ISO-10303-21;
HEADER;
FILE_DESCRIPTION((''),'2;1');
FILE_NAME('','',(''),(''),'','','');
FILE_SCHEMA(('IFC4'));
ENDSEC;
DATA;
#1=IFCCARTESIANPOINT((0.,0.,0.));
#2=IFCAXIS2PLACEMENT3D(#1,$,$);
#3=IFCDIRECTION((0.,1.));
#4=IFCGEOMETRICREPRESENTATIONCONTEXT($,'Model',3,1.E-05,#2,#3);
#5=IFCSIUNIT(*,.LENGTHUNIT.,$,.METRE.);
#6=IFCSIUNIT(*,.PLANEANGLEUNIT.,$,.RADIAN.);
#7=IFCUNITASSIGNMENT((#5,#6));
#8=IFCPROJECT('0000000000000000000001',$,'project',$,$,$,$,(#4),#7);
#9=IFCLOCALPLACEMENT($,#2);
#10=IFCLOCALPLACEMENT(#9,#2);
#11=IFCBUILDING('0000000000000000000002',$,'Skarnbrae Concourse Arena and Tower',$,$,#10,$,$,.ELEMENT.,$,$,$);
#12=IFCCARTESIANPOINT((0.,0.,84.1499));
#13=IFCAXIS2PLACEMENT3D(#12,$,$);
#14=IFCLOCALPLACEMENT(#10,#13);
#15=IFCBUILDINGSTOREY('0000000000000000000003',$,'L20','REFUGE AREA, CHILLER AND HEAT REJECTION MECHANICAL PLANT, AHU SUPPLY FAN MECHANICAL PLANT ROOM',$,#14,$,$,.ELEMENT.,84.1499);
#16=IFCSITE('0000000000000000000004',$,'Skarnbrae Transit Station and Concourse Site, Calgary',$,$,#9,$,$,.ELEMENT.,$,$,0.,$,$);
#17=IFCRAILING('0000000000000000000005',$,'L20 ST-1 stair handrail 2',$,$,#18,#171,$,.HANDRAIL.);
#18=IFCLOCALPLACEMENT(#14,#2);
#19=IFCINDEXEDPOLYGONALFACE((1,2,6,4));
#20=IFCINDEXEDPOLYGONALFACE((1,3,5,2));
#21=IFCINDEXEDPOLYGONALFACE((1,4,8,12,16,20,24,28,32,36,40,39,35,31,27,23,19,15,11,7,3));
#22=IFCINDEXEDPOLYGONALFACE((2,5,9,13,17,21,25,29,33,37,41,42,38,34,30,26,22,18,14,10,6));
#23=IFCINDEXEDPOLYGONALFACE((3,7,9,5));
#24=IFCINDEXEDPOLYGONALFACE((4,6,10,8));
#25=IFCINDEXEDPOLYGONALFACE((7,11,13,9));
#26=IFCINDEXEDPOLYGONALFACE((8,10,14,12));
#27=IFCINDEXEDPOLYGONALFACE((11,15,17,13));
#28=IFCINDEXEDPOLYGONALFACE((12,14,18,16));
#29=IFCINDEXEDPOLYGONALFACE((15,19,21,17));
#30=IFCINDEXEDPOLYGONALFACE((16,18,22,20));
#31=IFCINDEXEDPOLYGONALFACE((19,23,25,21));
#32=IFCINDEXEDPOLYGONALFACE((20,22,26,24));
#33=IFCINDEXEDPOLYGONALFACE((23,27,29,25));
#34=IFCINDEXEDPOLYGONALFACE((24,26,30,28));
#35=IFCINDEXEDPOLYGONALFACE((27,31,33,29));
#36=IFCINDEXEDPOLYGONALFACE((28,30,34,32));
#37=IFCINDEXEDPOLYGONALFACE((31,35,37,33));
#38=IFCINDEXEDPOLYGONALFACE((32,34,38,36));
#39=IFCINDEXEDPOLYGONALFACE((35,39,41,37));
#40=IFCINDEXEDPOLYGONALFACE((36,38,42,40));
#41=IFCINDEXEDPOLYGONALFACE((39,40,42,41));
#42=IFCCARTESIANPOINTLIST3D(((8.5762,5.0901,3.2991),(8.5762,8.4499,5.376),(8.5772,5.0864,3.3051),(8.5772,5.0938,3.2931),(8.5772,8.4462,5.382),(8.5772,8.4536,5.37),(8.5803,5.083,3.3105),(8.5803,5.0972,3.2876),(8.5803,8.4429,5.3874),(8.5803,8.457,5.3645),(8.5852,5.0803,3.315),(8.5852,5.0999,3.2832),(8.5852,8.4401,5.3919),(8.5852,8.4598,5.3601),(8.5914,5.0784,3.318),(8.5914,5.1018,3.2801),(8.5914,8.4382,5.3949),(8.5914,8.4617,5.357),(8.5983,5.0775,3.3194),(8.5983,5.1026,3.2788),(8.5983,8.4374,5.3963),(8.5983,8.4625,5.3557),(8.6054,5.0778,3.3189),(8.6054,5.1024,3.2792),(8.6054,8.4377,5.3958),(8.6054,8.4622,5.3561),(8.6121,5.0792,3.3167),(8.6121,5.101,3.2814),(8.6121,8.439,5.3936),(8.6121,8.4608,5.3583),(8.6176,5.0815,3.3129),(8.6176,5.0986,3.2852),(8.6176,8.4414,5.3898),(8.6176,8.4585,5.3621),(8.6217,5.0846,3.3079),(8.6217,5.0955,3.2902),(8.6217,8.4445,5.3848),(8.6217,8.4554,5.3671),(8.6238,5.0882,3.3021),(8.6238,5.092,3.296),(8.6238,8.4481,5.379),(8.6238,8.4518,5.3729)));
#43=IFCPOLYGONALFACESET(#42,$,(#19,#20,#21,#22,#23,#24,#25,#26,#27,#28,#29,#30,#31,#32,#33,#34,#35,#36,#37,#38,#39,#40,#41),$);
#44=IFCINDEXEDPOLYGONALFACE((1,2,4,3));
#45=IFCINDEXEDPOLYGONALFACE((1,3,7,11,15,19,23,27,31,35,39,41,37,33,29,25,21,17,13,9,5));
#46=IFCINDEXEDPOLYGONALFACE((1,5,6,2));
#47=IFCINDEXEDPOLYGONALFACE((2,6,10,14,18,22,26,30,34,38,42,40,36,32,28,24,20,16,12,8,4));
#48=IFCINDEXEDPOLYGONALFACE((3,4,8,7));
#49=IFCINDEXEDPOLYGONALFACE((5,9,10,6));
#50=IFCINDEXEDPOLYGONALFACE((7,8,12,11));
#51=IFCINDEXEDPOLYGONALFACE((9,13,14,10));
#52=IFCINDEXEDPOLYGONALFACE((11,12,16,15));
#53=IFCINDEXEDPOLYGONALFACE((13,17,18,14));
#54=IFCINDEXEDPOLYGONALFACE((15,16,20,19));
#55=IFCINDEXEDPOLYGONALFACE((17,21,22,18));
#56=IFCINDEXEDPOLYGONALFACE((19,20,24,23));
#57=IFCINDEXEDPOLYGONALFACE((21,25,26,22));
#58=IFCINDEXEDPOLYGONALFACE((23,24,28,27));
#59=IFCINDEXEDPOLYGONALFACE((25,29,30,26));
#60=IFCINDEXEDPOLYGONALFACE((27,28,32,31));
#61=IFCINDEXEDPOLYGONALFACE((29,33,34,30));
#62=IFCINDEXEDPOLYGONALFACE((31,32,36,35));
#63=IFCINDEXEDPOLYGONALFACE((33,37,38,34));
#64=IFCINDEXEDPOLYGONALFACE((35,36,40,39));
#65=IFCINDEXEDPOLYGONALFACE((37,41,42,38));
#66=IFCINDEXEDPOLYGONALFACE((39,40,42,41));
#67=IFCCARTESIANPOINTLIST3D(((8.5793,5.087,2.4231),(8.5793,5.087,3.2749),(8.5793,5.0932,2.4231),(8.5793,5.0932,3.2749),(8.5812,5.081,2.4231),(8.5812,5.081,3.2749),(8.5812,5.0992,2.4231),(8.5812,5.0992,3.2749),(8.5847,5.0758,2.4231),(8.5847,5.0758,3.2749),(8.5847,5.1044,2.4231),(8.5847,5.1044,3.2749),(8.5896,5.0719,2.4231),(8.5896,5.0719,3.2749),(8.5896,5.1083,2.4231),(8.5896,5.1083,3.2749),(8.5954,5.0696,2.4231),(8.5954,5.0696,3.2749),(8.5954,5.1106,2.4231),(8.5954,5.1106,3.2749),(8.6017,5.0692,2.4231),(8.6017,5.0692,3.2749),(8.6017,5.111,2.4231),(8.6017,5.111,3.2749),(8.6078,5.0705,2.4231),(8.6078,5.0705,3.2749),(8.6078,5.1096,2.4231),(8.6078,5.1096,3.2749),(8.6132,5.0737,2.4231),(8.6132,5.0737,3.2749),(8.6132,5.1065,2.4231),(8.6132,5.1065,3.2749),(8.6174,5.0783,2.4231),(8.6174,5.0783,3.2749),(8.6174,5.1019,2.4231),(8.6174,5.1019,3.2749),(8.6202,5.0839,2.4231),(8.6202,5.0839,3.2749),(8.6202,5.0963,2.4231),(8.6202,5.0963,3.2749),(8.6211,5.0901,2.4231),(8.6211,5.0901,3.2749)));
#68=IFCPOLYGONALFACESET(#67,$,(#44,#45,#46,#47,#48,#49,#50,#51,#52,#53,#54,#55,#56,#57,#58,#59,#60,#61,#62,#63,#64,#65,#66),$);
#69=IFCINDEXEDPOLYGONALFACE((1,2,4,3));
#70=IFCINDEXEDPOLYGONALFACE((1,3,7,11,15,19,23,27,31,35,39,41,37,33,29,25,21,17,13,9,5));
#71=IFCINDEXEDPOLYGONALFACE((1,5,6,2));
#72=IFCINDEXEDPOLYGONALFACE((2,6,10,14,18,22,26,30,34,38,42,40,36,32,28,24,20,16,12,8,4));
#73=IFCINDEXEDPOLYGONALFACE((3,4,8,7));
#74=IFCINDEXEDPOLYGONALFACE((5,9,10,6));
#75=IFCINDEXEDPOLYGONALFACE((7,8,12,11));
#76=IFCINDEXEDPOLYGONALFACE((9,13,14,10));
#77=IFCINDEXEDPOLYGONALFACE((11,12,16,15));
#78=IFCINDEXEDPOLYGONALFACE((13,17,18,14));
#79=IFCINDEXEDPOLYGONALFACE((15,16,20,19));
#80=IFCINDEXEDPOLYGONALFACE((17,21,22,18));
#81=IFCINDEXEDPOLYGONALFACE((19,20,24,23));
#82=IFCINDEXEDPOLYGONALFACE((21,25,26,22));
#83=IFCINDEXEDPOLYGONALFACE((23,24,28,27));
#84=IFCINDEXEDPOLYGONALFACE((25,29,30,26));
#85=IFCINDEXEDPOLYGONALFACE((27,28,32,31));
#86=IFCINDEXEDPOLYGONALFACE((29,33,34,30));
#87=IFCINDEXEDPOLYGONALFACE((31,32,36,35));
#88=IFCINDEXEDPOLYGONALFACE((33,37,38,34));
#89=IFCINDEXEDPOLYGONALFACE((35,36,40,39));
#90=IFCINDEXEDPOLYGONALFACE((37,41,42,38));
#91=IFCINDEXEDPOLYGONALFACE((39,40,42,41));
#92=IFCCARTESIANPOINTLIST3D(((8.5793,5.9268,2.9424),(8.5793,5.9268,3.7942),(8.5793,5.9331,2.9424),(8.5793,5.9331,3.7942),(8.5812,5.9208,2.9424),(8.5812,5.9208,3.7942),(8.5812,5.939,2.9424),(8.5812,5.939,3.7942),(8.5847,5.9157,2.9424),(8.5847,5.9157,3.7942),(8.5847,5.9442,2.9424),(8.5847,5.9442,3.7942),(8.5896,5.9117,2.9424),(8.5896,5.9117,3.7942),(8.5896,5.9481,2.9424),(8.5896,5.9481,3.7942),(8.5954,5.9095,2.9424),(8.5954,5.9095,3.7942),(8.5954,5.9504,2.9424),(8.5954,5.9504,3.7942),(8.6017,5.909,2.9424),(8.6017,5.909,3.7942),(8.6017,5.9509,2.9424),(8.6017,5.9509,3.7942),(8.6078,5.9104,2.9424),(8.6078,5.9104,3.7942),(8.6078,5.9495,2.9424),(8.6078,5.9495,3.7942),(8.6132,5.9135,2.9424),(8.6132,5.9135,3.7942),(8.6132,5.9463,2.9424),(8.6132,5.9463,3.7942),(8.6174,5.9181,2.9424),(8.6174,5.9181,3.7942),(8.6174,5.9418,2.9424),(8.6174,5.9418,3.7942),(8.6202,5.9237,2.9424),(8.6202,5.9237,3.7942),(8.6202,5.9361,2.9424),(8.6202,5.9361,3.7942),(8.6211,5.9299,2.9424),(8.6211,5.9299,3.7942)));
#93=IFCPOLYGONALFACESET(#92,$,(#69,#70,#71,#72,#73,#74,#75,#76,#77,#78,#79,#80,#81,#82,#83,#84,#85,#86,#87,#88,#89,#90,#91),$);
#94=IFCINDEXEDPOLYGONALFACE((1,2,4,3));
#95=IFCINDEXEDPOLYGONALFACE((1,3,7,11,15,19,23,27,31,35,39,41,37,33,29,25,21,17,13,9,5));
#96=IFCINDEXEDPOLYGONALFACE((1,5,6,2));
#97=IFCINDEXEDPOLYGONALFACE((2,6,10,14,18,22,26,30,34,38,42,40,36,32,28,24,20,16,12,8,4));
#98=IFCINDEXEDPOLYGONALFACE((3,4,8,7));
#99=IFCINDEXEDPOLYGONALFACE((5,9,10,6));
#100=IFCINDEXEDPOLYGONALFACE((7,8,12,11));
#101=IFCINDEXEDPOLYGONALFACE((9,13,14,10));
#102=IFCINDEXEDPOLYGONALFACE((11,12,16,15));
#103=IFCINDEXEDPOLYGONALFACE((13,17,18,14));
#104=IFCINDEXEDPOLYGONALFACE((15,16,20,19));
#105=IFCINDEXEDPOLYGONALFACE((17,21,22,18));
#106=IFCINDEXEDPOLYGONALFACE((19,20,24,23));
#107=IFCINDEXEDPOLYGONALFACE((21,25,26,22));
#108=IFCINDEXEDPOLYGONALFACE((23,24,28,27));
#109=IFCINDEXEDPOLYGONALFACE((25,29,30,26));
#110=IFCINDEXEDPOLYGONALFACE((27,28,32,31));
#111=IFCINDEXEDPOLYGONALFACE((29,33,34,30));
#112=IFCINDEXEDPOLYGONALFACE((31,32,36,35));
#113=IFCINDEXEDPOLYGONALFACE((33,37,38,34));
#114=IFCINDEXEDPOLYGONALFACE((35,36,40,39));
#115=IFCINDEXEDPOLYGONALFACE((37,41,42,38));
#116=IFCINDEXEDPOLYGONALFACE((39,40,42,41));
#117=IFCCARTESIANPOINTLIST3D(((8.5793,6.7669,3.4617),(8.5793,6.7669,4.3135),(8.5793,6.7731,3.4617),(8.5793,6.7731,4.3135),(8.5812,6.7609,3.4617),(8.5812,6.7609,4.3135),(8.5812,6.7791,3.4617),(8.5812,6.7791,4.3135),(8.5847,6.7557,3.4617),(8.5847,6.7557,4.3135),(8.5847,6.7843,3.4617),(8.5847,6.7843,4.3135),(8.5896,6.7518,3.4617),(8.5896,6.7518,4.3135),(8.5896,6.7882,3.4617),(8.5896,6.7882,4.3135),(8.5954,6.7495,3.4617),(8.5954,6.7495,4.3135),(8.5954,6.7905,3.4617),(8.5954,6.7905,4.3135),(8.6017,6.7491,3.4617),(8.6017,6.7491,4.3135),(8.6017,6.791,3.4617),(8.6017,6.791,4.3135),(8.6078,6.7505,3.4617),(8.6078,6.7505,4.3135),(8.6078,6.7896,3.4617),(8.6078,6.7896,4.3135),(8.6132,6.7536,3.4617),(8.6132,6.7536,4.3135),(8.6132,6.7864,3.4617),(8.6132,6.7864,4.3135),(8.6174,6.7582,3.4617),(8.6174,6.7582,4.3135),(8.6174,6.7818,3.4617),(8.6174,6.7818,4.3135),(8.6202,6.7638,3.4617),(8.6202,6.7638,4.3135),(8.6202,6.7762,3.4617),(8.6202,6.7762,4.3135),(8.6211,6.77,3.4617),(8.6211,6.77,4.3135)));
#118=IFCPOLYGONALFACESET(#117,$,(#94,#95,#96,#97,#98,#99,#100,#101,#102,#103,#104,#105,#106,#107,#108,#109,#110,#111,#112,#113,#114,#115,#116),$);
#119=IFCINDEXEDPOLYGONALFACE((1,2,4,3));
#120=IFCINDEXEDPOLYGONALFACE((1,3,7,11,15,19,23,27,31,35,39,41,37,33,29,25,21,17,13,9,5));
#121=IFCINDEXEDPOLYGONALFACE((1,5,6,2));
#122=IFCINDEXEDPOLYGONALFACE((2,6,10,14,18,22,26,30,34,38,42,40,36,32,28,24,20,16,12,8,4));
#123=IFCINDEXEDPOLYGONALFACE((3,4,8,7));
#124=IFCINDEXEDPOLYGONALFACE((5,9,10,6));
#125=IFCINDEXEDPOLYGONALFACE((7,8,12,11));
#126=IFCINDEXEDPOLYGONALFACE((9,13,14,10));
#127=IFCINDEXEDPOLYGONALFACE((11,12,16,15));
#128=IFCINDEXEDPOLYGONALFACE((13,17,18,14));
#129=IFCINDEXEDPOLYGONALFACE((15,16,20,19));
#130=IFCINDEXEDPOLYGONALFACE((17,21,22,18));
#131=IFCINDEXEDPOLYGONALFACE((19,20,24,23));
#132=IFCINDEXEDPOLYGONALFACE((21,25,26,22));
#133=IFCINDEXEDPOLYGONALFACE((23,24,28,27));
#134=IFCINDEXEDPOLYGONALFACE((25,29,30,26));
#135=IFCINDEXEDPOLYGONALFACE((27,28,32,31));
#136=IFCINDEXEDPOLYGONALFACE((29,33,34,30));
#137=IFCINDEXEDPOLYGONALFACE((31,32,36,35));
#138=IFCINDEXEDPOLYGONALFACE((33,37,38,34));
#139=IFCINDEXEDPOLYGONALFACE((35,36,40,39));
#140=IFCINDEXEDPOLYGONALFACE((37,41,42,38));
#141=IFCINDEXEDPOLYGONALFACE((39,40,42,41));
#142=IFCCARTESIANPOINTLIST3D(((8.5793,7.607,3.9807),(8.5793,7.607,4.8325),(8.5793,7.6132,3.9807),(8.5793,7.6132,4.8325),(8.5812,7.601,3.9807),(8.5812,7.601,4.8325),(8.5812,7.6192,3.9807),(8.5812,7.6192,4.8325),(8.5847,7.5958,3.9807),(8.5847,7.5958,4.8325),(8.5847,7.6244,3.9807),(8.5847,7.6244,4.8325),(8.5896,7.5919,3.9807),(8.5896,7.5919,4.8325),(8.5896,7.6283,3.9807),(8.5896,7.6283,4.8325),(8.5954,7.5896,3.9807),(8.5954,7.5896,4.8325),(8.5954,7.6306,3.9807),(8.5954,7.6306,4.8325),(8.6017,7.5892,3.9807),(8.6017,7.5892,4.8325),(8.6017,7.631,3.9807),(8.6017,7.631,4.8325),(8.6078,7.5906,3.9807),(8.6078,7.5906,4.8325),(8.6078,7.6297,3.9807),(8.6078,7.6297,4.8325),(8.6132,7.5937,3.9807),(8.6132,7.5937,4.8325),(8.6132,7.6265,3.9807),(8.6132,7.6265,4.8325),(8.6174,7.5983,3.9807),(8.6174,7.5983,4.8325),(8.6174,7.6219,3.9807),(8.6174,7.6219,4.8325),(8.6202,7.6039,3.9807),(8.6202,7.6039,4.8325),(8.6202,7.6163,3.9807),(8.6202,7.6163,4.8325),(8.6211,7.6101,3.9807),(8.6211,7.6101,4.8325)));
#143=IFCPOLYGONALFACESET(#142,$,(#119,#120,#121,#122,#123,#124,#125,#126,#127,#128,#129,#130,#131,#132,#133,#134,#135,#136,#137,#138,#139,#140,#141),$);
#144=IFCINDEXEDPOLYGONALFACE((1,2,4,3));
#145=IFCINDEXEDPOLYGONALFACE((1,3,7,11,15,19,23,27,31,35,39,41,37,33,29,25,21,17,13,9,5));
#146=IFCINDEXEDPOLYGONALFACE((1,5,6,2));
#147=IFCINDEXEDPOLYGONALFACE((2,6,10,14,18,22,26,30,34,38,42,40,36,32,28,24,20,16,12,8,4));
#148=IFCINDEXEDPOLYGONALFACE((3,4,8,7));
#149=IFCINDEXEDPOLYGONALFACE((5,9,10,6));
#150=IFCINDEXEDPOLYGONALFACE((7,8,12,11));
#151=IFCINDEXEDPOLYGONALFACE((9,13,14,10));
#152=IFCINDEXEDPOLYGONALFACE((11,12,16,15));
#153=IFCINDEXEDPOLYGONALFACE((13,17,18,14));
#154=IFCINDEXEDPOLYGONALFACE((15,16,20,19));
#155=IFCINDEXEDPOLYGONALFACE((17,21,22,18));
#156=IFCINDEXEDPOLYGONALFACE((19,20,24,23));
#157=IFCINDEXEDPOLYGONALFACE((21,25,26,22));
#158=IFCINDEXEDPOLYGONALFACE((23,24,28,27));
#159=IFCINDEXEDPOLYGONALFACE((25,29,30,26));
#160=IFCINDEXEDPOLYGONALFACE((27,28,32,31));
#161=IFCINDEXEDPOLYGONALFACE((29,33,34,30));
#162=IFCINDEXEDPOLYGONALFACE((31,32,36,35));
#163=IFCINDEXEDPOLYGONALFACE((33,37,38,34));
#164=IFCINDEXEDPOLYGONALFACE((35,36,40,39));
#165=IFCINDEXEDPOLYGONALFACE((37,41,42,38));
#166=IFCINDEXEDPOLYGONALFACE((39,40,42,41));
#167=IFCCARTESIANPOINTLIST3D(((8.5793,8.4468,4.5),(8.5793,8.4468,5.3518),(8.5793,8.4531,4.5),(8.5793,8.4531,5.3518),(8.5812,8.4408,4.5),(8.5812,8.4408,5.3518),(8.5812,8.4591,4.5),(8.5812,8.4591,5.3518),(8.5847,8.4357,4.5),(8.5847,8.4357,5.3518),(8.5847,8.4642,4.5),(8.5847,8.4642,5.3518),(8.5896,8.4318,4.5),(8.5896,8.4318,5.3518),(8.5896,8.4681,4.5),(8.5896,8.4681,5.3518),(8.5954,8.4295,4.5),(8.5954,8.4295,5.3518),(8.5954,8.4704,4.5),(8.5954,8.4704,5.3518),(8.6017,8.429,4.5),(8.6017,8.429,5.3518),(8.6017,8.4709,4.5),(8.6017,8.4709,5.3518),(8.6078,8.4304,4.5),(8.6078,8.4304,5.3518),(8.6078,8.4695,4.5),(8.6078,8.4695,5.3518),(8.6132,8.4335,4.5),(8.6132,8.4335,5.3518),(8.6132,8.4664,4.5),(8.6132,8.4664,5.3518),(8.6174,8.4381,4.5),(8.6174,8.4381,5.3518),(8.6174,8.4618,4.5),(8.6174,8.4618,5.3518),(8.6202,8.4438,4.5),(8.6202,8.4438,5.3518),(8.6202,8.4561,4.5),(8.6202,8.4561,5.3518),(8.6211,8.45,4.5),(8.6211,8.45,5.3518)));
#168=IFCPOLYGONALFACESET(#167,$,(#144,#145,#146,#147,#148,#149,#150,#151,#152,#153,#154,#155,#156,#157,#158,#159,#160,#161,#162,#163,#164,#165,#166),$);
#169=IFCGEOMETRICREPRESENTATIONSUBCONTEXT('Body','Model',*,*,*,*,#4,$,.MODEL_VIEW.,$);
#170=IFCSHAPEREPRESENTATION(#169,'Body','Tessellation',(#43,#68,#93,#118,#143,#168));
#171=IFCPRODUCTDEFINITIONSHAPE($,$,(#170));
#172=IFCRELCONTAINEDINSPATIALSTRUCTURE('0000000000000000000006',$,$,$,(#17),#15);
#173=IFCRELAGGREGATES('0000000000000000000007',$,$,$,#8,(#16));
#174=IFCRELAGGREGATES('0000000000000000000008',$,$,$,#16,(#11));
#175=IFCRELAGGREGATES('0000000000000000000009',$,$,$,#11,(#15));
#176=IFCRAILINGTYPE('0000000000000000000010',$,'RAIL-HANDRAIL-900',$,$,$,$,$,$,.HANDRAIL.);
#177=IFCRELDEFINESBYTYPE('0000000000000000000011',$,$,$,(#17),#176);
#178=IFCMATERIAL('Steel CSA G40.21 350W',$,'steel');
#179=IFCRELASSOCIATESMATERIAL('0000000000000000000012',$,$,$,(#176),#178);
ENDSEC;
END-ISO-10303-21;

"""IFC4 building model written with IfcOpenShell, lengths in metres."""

from ifc_helpers import new_model, si_unit, direction, frame, origin, origin_2d, place, context, subcontext, project, spatial, circle, extrude, material, type_object, element, save


model = new_model("IFC4")

# Units and contexts
model_context = context("Model", 3, precision=1e-05, world=origin(), true_north=direction((0.0, 1.0)))
body_context = subcontext(model_context, "Body", "Model", "MODEL_VIEW")
ifc_project = project(units=[si_unit("LENGTHUNIT", "METRE"), si_unit("PLANEANGLEUNIT", "RADIAN")], contexts=[model_context])

# Site, building, storey
site_placement = place(None, origin())
site = spatial("IfcSite", under=ifc_project, at=site_placement, Name="Skarnbrae Transit Station and Concourse Site, Calgary", CompositionType="ELEMENT", RefElevation=0.0)
building_placement = place(site_placement, origin())
building = spatial("IfcBuilding", under=site, at=building_placement, Name="Skarnbrae Concourse Arena and Tower", CompositionType="ELEMENT")
storey_placement = place(building_placement, frame((0.0, 0.0, 84.1499)))
storey = spatial("IfcBuildingStorey", under=building, at=storey_placement, Name="L20", Description="REFUGE AREA, CHILLER AND HEAT REJECTION MECHANICAL PLANT, AHU SUPPLY FAN MECHANICAL PLANT ROOM", CompositionType="ELEMENT", Elevation=84.1499)

# Shared definitions
ifc_material_1 = material(Name="Steel CSA G40.21 350W", Category="steel")

# Railing
railing_type_1 = type_object("IfcRailingType", Name="RAIL-HANDRAIL-900", PredefinedType="HANDRAIL", material=ifc_material_1)
railing_1_placement = place(storey_placement, frame((8.6001, 5.0901, 2.4231)))
element("IfcRailing", 1, at=railing_1_placement, inside=storey, type_object=railing_type_1, Name="L20 ST-1 stair handrail 2", PredefinedType="HANDRAIL", context=body_context, shape_type="SweptSolid", body=[
    extrude(circle(Radius=0.0239, at=origin_2d()), frame((0.0, 0.0, 0.876), z_axis=(0.0, 0.850606, 0.525803), x_axis=(-1.0, 0.0, 0.0)), (0.0, 0.0, 1.0), 3.95),
    extrude(circle(Radius=0.021, at=origin_2d()), origin(), (0.0, 0.0, 1.0), 0.8518),
    extrude(circle(Radius=0.021, at=origin_2d()), frame((0.0, 0.8398, 0.5193)), (0.0, 0.0, 1.0), 0.8518),
    extrude(circle(Radius=0.021, at=origin_2d()), frame((0.0, 1.6799, 1.0386)), (0.0, 0.0, 1.0), 0.8518),
    extrude(circle(Radius=0.021, at=origin_2d()), frame((0.0, 2.52, 1.5576)), (0.0, 0.0, 1.0), 0.8518),
    extrude(circle(Radius=0.021, at=origin_2d()), frame((0.0, 3.3599, 2.0769)), (0.0, 0.0, 1.0), 0.8518),
])

save(model, "model.ifc")
